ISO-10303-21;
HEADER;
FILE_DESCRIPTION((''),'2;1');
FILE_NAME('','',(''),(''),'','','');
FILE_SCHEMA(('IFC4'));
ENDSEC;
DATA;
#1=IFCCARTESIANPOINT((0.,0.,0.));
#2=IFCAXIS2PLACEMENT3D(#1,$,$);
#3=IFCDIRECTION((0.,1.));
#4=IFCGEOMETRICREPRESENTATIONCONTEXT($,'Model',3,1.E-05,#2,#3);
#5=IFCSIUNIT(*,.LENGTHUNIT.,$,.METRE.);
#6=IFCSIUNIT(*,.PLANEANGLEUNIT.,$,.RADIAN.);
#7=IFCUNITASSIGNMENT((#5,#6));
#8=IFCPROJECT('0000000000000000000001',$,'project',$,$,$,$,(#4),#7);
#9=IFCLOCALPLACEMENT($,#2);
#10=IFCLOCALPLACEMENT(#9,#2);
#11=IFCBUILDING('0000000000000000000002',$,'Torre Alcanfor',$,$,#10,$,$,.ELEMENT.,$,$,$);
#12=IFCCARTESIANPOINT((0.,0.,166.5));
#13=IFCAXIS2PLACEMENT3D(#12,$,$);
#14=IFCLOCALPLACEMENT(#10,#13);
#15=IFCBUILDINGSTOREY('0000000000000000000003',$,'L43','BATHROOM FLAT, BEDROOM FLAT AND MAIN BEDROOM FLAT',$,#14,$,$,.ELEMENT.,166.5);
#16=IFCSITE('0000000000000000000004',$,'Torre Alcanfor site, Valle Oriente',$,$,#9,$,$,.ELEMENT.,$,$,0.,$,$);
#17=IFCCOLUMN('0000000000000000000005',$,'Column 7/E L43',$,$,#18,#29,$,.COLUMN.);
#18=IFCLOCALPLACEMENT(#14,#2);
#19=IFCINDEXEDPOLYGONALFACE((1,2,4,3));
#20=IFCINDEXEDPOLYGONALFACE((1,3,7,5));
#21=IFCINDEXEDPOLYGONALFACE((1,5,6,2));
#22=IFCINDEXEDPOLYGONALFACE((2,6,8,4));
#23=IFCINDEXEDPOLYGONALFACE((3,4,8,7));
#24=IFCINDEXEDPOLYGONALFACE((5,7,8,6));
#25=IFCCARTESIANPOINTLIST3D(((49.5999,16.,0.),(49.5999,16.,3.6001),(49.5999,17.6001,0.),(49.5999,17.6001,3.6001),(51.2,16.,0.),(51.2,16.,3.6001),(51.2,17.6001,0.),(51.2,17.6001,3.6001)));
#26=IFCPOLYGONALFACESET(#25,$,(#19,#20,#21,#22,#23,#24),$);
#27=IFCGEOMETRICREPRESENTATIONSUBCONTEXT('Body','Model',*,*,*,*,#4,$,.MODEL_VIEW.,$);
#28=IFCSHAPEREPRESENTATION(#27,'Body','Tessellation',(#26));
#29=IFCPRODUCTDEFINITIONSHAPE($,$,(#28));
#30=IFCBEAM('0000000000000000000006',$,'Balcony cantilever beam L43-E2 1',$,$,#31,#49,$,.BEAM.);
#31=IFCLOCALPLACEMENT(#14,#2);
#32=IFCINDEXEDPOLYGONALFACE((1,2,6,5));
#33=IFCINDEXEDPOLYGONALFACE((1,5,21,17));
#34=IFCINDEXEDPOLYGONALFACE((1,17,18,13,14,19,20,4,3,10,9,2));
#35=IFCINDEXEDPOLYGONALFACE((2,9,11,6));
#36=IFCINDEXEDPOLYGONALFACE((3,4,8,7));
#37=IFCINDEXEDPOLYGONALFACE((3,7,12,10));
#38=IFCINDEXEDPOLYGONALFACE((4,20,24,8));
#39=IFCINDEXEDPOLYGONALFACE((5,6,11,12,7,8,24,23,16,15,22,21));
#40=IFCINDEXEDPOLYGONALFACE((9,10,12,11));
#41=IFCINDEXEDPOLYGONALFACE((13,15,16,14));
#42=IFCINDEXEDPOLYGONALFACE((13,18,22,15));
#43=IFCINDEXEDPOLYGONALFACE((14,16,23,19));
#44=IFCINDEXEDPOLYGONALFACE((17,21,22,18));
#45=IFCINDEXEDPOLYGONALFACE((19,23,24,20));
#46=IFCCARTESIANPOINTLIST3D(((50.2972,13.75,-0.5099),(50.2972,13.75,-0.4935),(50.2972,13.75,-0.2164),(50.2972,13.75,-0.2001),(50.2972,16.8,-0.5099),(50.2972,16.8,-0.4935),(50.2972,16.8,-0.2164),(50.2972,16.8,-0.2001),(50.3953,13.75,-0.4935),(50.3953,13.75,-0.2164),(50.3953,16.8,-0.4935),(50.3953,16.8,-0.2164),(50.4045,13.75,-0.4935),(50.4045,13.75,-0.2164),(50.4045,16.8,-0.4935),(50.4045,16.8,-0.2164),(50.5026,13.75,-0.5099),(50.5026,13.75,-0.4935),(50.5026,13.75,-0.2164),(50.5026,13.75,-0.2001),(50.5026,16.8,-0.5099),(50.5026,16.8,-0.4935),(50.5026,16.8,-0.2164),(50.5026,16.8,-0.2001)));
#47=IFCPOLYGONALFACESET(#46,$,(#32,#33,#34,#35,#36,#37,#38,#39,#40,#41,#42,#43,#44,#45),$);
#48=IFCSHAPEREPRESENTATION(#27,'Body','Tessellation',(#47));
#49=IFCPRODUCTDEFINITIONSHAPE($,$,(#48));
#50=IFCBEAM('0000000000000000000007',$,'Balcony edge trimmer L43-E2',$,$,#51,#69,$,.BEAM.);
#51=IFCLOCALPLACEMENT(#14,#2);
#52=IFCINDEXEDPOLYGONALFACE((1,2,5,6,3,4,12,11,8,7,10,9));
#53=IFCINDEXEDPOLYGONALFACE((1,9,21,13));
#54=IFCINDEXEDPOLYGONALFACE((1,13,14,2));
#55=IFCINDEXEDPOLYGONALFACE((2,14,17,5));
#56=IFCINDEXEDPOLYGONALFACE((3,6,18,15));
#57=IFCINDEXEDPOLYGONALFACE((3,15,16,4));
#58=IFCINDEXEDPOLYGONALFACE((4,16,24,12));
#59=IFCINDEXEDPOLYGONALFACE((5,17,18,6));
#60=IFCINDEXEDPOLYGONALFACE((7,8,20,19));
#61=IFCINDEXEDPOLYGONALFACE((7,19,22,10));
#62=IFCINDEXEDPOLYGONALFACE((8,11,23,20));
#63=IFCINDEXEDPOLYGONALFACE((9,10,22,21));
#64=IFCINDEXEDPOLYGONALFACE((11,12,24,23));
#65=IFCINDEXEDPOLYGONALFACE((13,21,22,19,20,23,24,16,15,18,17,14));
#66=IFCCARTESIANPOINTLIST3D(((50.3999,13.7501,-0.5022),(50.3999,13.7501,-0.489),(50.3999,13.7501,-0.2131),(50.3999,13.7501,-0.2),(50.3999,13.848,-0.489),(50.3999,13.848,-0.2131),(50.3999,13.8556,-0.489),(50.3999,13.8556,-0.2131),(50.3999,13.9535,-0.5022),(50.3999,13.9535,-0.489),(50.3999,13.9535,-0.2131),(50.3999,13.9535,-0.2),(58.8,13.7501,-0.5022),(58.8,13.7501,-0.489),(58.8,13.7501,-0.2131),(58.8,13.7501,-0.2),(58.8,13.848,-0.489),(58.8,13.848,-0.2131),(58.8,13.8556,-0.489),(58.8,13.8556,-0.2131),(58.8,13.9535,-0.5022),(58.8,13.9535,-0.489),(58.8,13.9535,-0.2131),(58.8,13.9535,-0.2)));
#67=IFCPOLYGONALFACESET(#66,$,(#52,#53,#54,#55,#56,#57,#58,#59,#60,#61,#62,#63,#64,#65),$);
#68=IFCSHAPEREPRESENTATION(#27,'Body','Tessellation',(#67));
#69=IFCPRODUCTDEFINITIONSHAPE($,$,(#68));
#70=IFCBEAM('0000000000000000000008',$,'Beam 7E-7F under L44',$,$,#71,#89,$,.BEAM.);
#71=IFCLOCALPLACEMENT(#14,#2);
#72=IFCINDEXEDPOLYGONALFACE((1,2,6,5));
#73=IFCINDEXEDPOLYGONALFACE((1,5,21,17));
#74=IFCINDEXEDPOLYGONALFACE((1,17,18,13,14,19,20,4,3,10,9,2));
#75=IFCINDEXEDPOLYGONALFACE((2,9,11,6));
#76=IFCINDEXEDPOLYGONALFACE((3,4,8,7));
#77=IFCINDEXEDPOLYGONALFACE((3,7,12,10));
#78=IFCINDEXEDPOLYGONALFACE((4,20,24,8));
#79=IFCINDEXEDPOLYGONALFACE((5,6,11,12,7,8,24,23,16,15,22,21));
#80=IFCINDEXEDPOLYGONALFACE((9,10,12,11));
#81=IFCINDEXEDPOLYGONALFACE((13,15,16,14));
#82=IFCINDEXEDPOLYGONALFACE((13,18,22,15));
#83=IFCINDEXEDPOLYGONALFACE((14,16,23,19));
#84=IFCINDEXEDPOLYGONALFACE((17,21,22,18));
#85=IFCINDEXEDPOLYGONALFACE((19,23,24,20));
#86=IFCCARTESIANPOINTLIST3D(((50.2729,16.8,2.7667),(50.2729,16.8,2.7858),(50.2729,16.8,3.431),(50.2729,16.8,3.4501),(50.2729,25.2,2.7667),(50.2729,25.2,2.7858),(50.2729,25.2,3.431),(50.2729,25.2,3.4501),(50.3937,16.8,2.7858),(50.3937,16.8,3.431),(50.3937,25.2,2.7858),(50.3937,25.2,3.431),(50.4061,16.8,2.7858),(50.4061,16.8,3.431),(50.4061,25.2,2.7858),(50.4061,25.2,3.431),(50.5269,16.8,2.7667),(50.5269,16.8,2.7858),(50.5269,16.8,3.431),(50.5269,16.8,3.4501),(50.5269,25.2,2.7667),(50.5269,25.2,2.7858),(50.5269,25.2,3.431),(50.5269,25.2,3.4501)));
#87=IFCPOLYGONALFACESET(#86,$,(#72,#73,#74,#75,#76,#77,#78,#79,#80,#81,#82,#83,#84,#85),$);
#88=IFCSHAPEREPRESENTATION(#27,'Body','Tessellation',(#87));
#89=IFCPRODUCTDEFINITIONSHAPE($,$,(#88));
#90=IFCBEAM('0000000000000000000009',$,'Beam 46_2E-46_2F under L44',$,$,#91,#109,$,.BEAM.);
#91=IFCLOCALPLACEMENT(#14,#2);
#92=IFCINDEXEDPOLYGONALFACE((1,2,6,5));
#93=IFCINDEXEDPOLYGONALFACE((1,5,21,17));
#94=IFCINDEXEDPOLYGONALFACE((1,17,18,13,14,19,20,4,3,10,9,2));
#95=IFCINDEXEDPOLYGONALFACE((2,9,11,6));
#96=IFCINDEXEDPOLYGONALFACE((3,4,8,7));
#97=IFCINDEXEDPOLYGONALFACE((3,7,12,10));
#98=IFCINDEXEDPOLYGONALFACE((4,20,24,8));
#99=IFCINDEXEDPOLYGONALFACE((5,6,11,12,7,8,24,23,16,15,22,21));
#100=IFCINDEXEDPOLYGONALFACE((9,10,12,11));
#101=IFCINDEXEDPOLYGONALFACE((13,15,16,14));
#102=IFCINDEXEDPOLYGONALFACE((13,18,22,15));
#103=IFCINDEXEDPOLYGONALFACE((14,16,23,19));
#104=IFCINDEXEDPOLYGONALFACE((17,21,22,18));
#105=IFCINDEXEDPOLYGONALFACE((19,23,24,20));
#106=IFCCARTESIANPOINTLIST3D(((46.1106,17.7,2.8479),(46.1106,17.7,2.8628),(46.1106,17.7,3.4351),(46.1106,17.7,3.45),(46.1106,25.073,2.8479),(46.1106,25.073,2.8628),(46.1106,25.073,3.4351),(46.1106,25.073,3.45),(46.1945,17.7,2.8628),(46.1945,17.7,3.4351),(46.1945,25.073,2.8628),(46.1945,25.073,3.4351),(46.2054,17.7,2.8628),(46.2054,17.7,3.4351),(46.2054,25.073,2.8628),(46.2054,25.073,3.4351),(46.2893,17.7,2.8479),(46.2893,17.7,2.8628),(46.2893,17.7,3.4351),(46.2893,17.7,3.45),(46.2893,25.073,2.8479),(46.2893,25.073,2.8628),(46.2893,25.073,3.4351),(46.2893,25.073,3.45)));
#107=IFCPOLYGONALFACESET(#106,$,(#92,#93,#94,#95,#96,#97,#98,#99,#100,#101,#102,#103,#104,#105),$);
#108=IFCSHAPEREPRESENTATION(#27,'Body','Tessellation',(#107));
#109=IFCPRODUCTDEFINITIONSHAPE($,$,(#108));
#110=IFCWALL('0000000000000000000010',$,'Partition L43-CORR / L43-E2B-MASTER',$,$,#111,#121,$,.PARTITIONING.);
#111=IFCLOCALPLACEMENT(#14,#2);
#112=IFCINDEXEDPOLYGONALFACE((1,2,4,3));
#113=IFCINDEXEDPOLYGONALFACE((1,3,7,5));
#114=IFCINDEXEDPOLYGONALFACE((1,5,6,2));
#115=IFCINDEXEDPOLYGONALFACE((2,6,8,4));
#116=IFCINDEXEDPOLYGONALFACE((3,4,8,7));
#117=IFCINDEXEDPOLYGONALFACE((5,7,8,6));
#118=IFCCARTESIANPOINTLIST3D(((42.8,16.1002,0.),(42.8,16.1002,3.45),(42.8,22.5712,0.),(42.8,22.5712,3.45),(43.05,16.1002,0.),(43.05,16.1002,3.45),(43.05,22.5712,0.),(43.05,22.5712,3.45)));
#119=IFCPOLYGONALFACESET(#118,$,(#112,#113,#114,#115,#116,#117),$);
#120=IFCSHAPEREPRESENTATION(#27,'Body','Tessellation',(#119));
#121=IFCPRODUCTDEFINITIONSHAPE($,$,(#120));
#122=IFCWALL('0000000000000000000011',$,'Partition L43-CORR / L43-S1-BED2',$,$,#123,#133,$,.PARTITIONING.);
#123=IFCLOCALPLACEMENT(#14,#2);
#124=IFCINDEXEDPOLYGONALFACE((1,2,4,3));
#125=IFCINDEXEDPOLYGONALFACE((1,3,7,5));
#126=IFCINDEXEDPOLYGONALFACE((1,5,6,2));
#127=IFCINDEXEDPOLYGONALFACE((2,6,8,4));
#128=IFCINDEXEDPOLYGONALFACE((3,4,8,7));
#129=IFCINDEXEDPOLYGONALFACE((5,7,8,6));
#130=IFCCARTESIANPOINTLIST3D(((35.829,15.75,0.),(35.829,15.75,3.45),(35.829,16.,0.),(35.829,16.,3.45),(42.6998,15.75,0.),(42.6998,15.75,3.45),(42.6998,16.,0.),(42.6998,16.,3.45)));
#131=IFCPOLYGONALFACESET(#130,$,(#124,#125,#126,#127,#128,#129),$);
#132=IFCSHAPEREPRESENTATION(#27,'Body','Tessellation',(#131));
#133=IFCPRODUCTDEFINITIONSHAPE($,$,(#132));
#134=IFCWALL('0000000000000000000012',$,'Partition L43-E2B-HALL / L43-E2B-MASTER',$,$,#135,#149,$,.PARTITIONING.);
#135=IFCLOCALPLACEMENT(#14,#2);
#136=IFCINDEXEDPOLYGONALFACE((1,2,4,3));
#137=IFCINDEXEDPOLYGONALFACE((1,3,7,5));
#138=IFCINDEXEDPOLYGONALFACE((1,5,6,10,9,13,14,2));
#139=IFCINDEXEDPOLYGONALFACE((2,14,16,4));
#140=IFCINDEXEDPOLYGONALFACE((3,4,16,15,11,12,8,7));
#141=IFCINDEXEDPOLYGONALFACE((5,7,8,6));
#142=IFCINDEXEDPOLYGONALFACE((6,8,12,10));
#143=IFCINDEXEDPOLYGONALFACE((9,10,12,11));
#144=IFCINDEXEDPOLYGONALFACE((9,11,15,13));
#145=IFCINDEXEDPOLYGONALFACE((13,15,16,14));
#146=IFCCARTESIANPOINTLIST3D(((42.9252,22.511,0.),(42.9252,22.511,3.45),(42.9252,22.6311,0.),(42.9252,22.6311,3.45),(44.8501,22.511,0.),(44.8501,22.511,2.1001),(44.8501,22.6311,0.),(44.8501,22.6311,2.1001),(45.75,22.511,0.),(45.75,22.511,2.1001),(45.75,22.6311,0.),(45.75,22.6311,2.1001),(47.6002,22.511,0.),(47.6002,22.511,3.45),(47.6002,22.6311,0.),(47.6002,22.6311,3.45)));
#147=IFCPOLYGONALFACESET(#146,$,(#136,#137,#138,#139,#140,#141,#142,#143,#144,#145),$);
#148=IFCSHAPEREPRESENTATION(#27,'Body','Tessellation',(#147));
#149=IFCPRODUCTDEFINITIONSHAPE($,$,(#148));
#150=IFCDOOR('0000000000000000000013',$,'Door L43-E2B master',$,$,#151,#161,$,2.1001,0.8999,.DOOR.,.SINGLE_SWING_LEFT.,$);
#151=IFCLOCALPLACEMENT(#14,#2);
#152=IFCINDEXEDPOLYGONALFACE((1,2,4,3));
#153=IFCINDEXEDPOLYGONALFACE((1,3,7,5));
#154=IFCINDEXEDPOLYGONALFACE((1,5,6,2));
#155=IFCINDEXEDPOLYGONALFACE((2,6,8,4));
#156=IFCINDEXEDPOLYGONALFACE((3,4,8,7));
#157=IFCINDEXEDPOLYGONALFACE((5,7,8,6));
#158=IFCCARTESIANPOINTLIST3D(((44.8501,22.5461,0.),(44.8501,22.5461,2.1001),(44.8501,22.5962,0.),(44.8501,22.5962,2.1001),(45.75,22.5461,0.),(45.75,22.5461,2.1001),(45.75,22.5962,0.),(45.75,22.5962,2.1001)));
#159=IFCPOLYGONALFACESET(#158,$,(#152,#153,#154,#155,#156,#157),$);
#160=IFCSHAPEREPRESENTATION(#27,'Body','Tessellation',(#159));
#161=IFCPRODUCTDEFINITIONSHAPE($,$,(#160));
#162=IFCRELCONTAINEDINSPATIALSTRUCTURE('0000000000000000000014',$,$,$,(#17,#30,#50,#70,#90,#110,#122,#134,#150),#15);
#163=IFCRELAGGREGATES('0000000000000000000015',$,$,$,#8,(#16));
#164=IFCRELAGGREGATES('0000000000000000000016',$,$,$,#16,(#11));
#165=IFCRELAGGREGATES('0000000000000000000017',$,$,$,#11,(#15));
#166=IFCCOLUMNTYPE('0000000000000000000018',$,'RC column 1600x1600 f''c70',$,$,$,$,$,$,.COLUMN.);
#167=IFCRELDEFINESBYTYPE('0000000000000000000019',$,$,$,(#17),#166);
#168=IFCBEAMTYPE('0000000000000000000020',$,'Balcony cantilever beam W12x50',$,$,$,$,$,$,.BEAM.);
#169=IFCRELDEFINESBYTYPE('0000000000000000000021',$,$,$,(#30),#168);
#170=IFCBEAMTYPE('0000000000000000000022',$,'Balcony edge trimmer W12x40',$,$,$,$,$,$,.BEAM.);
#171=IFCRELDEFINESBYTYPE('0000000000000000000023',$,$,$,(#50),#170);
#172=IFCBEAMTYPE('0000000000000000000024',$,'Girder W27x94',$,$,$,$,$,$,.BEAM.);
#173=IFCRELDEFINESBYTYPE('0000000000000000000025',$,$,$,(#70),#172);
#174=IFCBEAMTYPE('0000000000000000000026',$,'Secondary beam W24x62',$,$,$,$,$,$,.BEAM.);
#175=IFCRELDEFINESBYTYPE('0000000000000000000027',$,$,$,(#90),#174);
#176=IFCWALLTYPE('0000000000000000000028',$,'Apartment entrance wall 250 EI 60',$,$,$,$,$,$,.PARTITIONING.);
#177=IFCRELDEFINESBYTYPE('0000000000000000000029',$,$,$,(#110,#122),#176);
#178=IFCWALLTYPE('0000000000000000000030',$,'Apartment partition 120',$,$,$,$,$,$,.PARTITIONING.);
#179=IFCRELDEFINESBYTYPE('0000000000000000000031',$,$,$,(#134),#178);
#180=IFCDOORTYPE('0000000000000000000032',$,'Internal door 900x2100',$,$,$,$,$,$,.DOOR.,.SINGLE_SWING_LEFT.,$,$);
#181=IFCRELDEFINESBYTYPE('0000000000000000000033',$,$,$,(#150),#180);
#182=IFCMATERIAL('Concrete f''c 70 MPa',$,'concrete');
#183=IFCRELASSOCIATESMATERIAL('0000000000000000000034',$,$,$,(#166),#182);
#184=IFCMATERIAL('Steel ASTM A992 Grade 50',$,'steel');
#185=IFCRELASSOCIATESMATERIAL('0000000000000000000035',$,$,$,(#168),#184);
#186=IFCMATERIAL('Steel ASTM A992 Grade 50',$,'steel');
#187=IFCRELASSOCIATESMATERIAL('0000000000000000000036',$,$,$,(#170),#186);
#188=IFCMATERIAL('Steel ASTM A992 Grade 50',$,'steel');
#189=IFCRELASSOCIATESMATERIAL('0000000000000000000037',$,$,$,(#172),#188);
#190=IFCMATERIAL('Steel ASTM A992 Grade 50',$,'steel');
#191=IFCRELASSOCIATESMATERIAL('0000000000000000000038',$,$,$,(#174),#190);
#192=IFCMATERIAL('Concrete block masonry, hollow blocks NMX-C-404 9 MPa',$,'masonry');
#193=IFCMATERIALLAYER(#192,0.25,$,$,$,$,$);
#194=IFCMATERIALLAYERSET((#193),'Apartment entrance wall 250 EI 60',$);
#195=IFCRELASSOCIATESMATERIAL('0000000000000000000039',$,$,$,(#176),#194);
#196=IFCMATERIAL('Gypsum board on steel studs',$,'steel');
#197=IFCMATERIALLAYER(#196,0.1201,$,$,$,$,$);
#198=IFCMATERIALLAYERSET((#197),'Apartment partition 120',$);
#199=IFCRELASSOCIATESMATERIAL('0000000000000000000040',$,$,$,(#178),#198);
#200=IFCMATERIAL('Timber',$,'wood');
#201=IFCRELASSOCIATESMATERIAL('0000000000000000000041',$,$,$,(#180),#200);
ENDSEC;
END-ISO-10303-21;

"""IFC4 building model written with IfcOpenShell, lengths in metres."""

from ifc_helpers import new_model, si_unit, direction, frame, frame_2d, origin, origin_2d, place, context, subcontext, project, spatial, rectangle, i_section, extrude, material, layer, layer_set, material_profile, profile_set, type_object, element, fill, save


model = new_model("IFC4")

# Units and contexts
model_context = context("Model", 3, precision=1e-05, world=origin(), true_north=direction((0.0, 1.0)))
body_context = subcontext(model_context, "Body", "Model", "MODEL_VIEW")
ifc_project = project(units=[si_unit("LENGTHUNIT", "METRE"), si_unit("PLANEANGLEUNIT", "RADIAN")], contexts=[model_context])

# Site, building, storey
site_placement = place(None, origin())
site = spatial("IfcSite", under=ifc_project, at=site_placement, Name="Torre Alcanfor site, Valle Oriente", CompositionType="ELEMENT", RefElevation=0.0)
building_placement = place(site_placement, origin())
building = spatial("IfcBuilding", under=site, at=building_placement, Name="Torre Alcanfor", CompositionType="ELEMENT")
storey_placement = place(building_placement, frame((0.0, 0.0, 166.5)))
storey = spatial("IfcBuildingStorey", under=building, at=storey_placement, Name="L43", Description="BATHROOM FLAT, BEDROOM FLAT AND MAIN BEDROOM FLAT", CompositionType="ELEMENT", Elevation=166.5)

# Column
ifc_material_1 = material(Name="Concrete f'c 70 MPa", Category="concrete")
ifc_material_profile_1 = material_profile(ifc_material_1, rectangle(XDim=1.6001, YDim=1.6001, at=origin_2d()), Name="1600x1600")
ifc_profile_set_1 = profile_set([ifc_material_profile_1], Name="Concrete f'c 70 MPa")
column_type = type_object("IfcColumnType", Name="RC column 1600x1600 f'c70", PredefinedType="COLUMN", material=ifc_profile_set_1)
column_placement = place(storey_placement, frame((50.3999, 16.8, 0.0), z_axis=(0.0, 0.0, 1.0), x_axis=(1.0, 0.0, 0.0)))
element("IfcColumn", 1, at=column_placement, inside=storey, type_object=column_type, Name="Column 7/E L43", PredefinedType="COLUMN", context=body_context, shape_type="SweptSolid", body=[
    extrude(rectangle(XDim=1.6001, YDim=1.6001, at=origin_2d()), origin(), (0.0, 0.0, 1.0), 3.6001),
])

# Beams
ifc_material_2 = material(Name="Steel ASTM A992 Grade 50", Category="steel")
ifc_material_profile_2 = material_profile(ifc_material_2, i_section(OverallWidth=0.2053, OverallDepth=0.3098, WebThickness=0.0093, FlangeThickness=0.0164, at=origin_2d()), Name="W12x50")
ifc_profile_set_2 = profile_set([ifc_material_profile_2], Name="Steel ASTM A992 Grade 50")
beam_type_1 = type_object("IfcBeamType", Name="Balcony cantilever beam W12x50", PredefinedType="BEAM", material=ifc_profile_set_2)
beam_1_placement = place(storey_placement, frame((50.3999, 16.8, -0.355), z_axis=(0.0, -1.0, 0.0), x_axis=(1.0, 0.0, 0.0)))
element("IfcBeam", 2, at=beam_1_placement, inside=storey, type_object=beam_type_1, Name="Balcony cantilever beam L43-E2 1", PredefinedType="BEAM", context=body_context, shape_type="SweptSolid", body=[
    extrude(i_section(OverallWidth=0.2053, OverallDepth=0.3098, WebThickness=0.0093, FlangeThickness=0.0164, at=origin_2d()), origin(), (0.0, 0.0, 1.0), 3.05),
])
ifc_material_3 = material(Name="Steel ASTM A992 Grade 50", Category="steel")
ifc_material_profile_3 = material_profile(ifc_material_3, i_section(OverallWidth=0.2034, OverallDepth=0.3022, WebThickness=0.0076, FlangeThickness=0.0132, at=origin_2d()), Name="W12x40")
ifc_profile_set_3 = profile_set([ifc_material_profile_3], Name="Steel ASTM A992 Grade 50")
beam_type_2 = type_object("IfcBeamType", Name="Balcony edge trimmer W12x40", PredefinedType="BEAM", material=ifc_profile_set_3)
beam_2_placement = place(storey_placement, frame((50.3999, 13.8518, -0.3511), z_axis=(1.0, 0.0, 0.0), x_axis=(0.0, 1.0, 0.0)))
element("IfcBeam", 3, at=beam_2_placement, inside=storey, type_object=beam_type_2, Name="Balcony edge trimmer L43-E2", PredefinedType="BEAM", context=body_context, shape_type="SweptSolid", body=[
    extrude(i_section(OverallWidth=0.2034, OverallDepth=0.3022, WebThickness=0.0076, FlangeThickness=0.0132, at=origin_2d()), origin(), (0.0, 0.0, 1.0), 8.4001),
])
ifc_material_4 = material(Name="Steel ASTM A992 Grade 50", Category="steel")
ifc_material_profile_4 = material_profile(ifc_material_4, i_section(OverallWidth=0.2539, OverallDepth=0.6833, WebThickness=0.0125, FlangeThickness=0.019, at=origin_2d()), Name="W27x94")
ifc_profile_set_4 = profile_set([ifc_material_profile_4], Name="Steel ASTM A992 Grade 50")
beam_type_3 = type_object("IfcBeamType", Name="Girder W27x94", PredefinedType="BEAM", material=ifc_profile_set_4)
beam_3_placement = place(storey_placement, frame((50.3999, 16.8, 3.1084), z_axis=(0.0, 1.0, 0.0), x_axis=(-1.0, 0.0, 0.0)))
element("IfcBeam", 4, at=beam_3_placement, inside=storey, type_object=beam_type_3, Name="Beam 7E-7F under L44", PredefinedType="BEAM", context=body_context, shape_type="SweptSolid", body=[
    extrude(i_section(OverallWidth=0.2539, OverallDepth=0.6833, WebThickness=0.0125, FlangeThickness=0.019, at=origin_2d()), origin(), (0.0, 0.0, 1.0), 8.3999),
])
ifc_material_5 = material(Name="Steel ASTM A992 Grade 50", Category="steel")
ifc_material_profile_5 = material_profile(ifc_material_5, i_section(OverallWidth=0.1787, OverallDepth=0.6021, WebThickness=0.011, FlangeThickness=0.0149, at=origin_2d()), Name="W24x62")
ifc_profile_set_5 = profile_set([ifc_material_profile_5], Name="Steel ASTM A992 Grade 50")
beam_type_4 = type_object("IfcBeamType", Name="Secondary beam W24x62", PredefinedType="BEAM", material=ifc_profile_set_5)
beam_4_placement = place(storey_placement, frame((46.2, 17.7, 3.1489), z_axis=(0.0, 1.0, 0.0), x_axis=(-1.0, 0.0, 0.0)))
element("IfcBeam", 5, at=beam_4_placement, inside=storey, type_object=beam_type_4, Name="Beam 46_2E-46_2F under L44", PredefinedType="BEAM", context=body_context, shape_type="SweptSolid", body=[
    extrude(i_section(OverallWidth=0.1787, OverallDepth=0.6021, WebThickness=0.011, FlangeThickness=0.0149, at=origin_2d()), origin(), (0.0, 0.0, 1.0), 7.373),
])

# Walls
ifc_material_6 = material(Name="Concrete block masonry, hollow blocks NMX-C-404 9 MPa", Category="masonry")
ifc_layer_1 = layer(ifc_material_6, 0.25)
ifc_layer_set_1 = layer_set([ifc_layer_1], Name="Apartment entrance wall 250 EI 60")
wall_type_1 = type_object("IfcWallType", Name="Apartment entrance wall 250 EI 60", PredefinedType="PARTITIONING", material=ifc_layer_set_1)
wall_1_placement = place(storey_placement, frame((42.925, 22.571, 0.0), z_axis=(0.0, 0.0, 1.0), x_axis=(0.0, -1.0, 0.0)))
element("IfcWall", 6, at=wall_1_placement, inside=storey, type_object=wall_type_1, Name="Partition L43-CORR / L43-E2B-MASTER", PredefinedType="PARTITIONING", context=body_context, shape_type="SweptSolid", body=[
    extrude(rectangle(XDim=6.4709, YDim=0.25, at=frame_2d((3.2354, 0.0))), origin(), (0.0, 0.0, 1.0), 3.45),
])
wall_2_placement = place(storey_placement, frame((42.7, 15.875, 0.0), z_axis=(0.0, 0.0, 1.0), x_axis=(-1.0, 0.0, 0.0)))
element("IfcWall", 7, at=wall_2_placement, inside=storey, type_object=wall_type_1, Name="Partition L43-CORR / L43-S1-BED2", PredefinedType="PARTITIONING", context=body_context, shape_type="SweptSolid", body=[
    extrude(rectangle(XDim=6.8708, YDim=0.25, at=frame_2d((3.4355, 0.0))), origin(), (0.0, 0.0, 1.0), 3.45),
])

# Wall, opening, door
ifc_material_7 = material(Name="Gypsum board on steel studs", Category="steel")
ifc_layer_2 = layer(ifc_material_7, 0.1201)
ifc_layer_set_2 = layer_set([ifc_layer_2], Name="Apartment partition 120")
wall_type_2 = type_object("IfcWallType", Name="Apartment partition 120", PredefinedType="PARTITIONING", material=ifc_layer_set_2)
wall_3_placement = place(storey_placement, frame((47.6001, 22.571, 0.0), z_axis=(0.0, 0.0, 1.0), x_axis=(-1.0, 0.0, 0.0)))
wall_3 = element("IfcWall", 8, at=wall_3_placement, inside=storey, type_object=wall_type_2, Name="Partition L43-E2B-HALL / L43-E2B-MASTER", PredefinedType="PARTITIONING", context=body_context, shape_type="SweptSolid", body=[
    extrude(rectangle(XDim=4.675, YDim=0.1201, at=frame_2d((2.3374, 0.0))), origin(), (0.0, 0.0, 1.0), 3.45),
])
opening_1_placement = place(wall_3_placement, frame((1.8501, 0.0, 0.0)))
opening_1 = element("IfcOpeningElement", 9, at=opening_1_placement, cuts=wall_3, PredefinedType="OPENING", context=body_context, shape_type="SweptSolid", body=[
    extrude(rectangle(XDim=0.8999, YDim=2.1001, at=frame_2d((0.45, 1.05))), frame((0.0, 0.0701, 0.0), z_axis=(0.0, -1.0, 0.0), x_axis=(1.0, 0.0, 0.0)), (0.0, 0.0, 1.0), 0.1401),
])
ifc_material_8 = material(Name="Timber", Category="wood")
door_type_1 = type_object("IfcDoorType", Name="Internal door 900x2100", OperationType="SINGLE_SWING_LEFT", PredefinedType="DOOR", material=ifc_material_8)
door_1_placement = place(opening_1_placement, origin())
door_1 = element("IfcDoor", 10, at=door_1_placement, inside=storey, type_object=door_type_1, Name="Door L43-E2B master", OperationType="SINGLE_SWING_LEFT", OverallHeight=2.1001, OverallWidth=0.8999, PredefinedType="DOOR", context=body_context, shape_type="SweptSolid", body=[
    extrude(rectangle(XDim=0.8999, YDim=2.1001, at=frame_2d((0.45, 1.05))), frame((0.0, 0.0249, 0.0), z_axis=(0.0, -1.0, 0.0), x_axis=(1.0, 0.0, 0.0)), (0.0, 0.0, 1.0), 0.05),
])
fill(opening_1, door_1)

save(model, "model.ifc")
